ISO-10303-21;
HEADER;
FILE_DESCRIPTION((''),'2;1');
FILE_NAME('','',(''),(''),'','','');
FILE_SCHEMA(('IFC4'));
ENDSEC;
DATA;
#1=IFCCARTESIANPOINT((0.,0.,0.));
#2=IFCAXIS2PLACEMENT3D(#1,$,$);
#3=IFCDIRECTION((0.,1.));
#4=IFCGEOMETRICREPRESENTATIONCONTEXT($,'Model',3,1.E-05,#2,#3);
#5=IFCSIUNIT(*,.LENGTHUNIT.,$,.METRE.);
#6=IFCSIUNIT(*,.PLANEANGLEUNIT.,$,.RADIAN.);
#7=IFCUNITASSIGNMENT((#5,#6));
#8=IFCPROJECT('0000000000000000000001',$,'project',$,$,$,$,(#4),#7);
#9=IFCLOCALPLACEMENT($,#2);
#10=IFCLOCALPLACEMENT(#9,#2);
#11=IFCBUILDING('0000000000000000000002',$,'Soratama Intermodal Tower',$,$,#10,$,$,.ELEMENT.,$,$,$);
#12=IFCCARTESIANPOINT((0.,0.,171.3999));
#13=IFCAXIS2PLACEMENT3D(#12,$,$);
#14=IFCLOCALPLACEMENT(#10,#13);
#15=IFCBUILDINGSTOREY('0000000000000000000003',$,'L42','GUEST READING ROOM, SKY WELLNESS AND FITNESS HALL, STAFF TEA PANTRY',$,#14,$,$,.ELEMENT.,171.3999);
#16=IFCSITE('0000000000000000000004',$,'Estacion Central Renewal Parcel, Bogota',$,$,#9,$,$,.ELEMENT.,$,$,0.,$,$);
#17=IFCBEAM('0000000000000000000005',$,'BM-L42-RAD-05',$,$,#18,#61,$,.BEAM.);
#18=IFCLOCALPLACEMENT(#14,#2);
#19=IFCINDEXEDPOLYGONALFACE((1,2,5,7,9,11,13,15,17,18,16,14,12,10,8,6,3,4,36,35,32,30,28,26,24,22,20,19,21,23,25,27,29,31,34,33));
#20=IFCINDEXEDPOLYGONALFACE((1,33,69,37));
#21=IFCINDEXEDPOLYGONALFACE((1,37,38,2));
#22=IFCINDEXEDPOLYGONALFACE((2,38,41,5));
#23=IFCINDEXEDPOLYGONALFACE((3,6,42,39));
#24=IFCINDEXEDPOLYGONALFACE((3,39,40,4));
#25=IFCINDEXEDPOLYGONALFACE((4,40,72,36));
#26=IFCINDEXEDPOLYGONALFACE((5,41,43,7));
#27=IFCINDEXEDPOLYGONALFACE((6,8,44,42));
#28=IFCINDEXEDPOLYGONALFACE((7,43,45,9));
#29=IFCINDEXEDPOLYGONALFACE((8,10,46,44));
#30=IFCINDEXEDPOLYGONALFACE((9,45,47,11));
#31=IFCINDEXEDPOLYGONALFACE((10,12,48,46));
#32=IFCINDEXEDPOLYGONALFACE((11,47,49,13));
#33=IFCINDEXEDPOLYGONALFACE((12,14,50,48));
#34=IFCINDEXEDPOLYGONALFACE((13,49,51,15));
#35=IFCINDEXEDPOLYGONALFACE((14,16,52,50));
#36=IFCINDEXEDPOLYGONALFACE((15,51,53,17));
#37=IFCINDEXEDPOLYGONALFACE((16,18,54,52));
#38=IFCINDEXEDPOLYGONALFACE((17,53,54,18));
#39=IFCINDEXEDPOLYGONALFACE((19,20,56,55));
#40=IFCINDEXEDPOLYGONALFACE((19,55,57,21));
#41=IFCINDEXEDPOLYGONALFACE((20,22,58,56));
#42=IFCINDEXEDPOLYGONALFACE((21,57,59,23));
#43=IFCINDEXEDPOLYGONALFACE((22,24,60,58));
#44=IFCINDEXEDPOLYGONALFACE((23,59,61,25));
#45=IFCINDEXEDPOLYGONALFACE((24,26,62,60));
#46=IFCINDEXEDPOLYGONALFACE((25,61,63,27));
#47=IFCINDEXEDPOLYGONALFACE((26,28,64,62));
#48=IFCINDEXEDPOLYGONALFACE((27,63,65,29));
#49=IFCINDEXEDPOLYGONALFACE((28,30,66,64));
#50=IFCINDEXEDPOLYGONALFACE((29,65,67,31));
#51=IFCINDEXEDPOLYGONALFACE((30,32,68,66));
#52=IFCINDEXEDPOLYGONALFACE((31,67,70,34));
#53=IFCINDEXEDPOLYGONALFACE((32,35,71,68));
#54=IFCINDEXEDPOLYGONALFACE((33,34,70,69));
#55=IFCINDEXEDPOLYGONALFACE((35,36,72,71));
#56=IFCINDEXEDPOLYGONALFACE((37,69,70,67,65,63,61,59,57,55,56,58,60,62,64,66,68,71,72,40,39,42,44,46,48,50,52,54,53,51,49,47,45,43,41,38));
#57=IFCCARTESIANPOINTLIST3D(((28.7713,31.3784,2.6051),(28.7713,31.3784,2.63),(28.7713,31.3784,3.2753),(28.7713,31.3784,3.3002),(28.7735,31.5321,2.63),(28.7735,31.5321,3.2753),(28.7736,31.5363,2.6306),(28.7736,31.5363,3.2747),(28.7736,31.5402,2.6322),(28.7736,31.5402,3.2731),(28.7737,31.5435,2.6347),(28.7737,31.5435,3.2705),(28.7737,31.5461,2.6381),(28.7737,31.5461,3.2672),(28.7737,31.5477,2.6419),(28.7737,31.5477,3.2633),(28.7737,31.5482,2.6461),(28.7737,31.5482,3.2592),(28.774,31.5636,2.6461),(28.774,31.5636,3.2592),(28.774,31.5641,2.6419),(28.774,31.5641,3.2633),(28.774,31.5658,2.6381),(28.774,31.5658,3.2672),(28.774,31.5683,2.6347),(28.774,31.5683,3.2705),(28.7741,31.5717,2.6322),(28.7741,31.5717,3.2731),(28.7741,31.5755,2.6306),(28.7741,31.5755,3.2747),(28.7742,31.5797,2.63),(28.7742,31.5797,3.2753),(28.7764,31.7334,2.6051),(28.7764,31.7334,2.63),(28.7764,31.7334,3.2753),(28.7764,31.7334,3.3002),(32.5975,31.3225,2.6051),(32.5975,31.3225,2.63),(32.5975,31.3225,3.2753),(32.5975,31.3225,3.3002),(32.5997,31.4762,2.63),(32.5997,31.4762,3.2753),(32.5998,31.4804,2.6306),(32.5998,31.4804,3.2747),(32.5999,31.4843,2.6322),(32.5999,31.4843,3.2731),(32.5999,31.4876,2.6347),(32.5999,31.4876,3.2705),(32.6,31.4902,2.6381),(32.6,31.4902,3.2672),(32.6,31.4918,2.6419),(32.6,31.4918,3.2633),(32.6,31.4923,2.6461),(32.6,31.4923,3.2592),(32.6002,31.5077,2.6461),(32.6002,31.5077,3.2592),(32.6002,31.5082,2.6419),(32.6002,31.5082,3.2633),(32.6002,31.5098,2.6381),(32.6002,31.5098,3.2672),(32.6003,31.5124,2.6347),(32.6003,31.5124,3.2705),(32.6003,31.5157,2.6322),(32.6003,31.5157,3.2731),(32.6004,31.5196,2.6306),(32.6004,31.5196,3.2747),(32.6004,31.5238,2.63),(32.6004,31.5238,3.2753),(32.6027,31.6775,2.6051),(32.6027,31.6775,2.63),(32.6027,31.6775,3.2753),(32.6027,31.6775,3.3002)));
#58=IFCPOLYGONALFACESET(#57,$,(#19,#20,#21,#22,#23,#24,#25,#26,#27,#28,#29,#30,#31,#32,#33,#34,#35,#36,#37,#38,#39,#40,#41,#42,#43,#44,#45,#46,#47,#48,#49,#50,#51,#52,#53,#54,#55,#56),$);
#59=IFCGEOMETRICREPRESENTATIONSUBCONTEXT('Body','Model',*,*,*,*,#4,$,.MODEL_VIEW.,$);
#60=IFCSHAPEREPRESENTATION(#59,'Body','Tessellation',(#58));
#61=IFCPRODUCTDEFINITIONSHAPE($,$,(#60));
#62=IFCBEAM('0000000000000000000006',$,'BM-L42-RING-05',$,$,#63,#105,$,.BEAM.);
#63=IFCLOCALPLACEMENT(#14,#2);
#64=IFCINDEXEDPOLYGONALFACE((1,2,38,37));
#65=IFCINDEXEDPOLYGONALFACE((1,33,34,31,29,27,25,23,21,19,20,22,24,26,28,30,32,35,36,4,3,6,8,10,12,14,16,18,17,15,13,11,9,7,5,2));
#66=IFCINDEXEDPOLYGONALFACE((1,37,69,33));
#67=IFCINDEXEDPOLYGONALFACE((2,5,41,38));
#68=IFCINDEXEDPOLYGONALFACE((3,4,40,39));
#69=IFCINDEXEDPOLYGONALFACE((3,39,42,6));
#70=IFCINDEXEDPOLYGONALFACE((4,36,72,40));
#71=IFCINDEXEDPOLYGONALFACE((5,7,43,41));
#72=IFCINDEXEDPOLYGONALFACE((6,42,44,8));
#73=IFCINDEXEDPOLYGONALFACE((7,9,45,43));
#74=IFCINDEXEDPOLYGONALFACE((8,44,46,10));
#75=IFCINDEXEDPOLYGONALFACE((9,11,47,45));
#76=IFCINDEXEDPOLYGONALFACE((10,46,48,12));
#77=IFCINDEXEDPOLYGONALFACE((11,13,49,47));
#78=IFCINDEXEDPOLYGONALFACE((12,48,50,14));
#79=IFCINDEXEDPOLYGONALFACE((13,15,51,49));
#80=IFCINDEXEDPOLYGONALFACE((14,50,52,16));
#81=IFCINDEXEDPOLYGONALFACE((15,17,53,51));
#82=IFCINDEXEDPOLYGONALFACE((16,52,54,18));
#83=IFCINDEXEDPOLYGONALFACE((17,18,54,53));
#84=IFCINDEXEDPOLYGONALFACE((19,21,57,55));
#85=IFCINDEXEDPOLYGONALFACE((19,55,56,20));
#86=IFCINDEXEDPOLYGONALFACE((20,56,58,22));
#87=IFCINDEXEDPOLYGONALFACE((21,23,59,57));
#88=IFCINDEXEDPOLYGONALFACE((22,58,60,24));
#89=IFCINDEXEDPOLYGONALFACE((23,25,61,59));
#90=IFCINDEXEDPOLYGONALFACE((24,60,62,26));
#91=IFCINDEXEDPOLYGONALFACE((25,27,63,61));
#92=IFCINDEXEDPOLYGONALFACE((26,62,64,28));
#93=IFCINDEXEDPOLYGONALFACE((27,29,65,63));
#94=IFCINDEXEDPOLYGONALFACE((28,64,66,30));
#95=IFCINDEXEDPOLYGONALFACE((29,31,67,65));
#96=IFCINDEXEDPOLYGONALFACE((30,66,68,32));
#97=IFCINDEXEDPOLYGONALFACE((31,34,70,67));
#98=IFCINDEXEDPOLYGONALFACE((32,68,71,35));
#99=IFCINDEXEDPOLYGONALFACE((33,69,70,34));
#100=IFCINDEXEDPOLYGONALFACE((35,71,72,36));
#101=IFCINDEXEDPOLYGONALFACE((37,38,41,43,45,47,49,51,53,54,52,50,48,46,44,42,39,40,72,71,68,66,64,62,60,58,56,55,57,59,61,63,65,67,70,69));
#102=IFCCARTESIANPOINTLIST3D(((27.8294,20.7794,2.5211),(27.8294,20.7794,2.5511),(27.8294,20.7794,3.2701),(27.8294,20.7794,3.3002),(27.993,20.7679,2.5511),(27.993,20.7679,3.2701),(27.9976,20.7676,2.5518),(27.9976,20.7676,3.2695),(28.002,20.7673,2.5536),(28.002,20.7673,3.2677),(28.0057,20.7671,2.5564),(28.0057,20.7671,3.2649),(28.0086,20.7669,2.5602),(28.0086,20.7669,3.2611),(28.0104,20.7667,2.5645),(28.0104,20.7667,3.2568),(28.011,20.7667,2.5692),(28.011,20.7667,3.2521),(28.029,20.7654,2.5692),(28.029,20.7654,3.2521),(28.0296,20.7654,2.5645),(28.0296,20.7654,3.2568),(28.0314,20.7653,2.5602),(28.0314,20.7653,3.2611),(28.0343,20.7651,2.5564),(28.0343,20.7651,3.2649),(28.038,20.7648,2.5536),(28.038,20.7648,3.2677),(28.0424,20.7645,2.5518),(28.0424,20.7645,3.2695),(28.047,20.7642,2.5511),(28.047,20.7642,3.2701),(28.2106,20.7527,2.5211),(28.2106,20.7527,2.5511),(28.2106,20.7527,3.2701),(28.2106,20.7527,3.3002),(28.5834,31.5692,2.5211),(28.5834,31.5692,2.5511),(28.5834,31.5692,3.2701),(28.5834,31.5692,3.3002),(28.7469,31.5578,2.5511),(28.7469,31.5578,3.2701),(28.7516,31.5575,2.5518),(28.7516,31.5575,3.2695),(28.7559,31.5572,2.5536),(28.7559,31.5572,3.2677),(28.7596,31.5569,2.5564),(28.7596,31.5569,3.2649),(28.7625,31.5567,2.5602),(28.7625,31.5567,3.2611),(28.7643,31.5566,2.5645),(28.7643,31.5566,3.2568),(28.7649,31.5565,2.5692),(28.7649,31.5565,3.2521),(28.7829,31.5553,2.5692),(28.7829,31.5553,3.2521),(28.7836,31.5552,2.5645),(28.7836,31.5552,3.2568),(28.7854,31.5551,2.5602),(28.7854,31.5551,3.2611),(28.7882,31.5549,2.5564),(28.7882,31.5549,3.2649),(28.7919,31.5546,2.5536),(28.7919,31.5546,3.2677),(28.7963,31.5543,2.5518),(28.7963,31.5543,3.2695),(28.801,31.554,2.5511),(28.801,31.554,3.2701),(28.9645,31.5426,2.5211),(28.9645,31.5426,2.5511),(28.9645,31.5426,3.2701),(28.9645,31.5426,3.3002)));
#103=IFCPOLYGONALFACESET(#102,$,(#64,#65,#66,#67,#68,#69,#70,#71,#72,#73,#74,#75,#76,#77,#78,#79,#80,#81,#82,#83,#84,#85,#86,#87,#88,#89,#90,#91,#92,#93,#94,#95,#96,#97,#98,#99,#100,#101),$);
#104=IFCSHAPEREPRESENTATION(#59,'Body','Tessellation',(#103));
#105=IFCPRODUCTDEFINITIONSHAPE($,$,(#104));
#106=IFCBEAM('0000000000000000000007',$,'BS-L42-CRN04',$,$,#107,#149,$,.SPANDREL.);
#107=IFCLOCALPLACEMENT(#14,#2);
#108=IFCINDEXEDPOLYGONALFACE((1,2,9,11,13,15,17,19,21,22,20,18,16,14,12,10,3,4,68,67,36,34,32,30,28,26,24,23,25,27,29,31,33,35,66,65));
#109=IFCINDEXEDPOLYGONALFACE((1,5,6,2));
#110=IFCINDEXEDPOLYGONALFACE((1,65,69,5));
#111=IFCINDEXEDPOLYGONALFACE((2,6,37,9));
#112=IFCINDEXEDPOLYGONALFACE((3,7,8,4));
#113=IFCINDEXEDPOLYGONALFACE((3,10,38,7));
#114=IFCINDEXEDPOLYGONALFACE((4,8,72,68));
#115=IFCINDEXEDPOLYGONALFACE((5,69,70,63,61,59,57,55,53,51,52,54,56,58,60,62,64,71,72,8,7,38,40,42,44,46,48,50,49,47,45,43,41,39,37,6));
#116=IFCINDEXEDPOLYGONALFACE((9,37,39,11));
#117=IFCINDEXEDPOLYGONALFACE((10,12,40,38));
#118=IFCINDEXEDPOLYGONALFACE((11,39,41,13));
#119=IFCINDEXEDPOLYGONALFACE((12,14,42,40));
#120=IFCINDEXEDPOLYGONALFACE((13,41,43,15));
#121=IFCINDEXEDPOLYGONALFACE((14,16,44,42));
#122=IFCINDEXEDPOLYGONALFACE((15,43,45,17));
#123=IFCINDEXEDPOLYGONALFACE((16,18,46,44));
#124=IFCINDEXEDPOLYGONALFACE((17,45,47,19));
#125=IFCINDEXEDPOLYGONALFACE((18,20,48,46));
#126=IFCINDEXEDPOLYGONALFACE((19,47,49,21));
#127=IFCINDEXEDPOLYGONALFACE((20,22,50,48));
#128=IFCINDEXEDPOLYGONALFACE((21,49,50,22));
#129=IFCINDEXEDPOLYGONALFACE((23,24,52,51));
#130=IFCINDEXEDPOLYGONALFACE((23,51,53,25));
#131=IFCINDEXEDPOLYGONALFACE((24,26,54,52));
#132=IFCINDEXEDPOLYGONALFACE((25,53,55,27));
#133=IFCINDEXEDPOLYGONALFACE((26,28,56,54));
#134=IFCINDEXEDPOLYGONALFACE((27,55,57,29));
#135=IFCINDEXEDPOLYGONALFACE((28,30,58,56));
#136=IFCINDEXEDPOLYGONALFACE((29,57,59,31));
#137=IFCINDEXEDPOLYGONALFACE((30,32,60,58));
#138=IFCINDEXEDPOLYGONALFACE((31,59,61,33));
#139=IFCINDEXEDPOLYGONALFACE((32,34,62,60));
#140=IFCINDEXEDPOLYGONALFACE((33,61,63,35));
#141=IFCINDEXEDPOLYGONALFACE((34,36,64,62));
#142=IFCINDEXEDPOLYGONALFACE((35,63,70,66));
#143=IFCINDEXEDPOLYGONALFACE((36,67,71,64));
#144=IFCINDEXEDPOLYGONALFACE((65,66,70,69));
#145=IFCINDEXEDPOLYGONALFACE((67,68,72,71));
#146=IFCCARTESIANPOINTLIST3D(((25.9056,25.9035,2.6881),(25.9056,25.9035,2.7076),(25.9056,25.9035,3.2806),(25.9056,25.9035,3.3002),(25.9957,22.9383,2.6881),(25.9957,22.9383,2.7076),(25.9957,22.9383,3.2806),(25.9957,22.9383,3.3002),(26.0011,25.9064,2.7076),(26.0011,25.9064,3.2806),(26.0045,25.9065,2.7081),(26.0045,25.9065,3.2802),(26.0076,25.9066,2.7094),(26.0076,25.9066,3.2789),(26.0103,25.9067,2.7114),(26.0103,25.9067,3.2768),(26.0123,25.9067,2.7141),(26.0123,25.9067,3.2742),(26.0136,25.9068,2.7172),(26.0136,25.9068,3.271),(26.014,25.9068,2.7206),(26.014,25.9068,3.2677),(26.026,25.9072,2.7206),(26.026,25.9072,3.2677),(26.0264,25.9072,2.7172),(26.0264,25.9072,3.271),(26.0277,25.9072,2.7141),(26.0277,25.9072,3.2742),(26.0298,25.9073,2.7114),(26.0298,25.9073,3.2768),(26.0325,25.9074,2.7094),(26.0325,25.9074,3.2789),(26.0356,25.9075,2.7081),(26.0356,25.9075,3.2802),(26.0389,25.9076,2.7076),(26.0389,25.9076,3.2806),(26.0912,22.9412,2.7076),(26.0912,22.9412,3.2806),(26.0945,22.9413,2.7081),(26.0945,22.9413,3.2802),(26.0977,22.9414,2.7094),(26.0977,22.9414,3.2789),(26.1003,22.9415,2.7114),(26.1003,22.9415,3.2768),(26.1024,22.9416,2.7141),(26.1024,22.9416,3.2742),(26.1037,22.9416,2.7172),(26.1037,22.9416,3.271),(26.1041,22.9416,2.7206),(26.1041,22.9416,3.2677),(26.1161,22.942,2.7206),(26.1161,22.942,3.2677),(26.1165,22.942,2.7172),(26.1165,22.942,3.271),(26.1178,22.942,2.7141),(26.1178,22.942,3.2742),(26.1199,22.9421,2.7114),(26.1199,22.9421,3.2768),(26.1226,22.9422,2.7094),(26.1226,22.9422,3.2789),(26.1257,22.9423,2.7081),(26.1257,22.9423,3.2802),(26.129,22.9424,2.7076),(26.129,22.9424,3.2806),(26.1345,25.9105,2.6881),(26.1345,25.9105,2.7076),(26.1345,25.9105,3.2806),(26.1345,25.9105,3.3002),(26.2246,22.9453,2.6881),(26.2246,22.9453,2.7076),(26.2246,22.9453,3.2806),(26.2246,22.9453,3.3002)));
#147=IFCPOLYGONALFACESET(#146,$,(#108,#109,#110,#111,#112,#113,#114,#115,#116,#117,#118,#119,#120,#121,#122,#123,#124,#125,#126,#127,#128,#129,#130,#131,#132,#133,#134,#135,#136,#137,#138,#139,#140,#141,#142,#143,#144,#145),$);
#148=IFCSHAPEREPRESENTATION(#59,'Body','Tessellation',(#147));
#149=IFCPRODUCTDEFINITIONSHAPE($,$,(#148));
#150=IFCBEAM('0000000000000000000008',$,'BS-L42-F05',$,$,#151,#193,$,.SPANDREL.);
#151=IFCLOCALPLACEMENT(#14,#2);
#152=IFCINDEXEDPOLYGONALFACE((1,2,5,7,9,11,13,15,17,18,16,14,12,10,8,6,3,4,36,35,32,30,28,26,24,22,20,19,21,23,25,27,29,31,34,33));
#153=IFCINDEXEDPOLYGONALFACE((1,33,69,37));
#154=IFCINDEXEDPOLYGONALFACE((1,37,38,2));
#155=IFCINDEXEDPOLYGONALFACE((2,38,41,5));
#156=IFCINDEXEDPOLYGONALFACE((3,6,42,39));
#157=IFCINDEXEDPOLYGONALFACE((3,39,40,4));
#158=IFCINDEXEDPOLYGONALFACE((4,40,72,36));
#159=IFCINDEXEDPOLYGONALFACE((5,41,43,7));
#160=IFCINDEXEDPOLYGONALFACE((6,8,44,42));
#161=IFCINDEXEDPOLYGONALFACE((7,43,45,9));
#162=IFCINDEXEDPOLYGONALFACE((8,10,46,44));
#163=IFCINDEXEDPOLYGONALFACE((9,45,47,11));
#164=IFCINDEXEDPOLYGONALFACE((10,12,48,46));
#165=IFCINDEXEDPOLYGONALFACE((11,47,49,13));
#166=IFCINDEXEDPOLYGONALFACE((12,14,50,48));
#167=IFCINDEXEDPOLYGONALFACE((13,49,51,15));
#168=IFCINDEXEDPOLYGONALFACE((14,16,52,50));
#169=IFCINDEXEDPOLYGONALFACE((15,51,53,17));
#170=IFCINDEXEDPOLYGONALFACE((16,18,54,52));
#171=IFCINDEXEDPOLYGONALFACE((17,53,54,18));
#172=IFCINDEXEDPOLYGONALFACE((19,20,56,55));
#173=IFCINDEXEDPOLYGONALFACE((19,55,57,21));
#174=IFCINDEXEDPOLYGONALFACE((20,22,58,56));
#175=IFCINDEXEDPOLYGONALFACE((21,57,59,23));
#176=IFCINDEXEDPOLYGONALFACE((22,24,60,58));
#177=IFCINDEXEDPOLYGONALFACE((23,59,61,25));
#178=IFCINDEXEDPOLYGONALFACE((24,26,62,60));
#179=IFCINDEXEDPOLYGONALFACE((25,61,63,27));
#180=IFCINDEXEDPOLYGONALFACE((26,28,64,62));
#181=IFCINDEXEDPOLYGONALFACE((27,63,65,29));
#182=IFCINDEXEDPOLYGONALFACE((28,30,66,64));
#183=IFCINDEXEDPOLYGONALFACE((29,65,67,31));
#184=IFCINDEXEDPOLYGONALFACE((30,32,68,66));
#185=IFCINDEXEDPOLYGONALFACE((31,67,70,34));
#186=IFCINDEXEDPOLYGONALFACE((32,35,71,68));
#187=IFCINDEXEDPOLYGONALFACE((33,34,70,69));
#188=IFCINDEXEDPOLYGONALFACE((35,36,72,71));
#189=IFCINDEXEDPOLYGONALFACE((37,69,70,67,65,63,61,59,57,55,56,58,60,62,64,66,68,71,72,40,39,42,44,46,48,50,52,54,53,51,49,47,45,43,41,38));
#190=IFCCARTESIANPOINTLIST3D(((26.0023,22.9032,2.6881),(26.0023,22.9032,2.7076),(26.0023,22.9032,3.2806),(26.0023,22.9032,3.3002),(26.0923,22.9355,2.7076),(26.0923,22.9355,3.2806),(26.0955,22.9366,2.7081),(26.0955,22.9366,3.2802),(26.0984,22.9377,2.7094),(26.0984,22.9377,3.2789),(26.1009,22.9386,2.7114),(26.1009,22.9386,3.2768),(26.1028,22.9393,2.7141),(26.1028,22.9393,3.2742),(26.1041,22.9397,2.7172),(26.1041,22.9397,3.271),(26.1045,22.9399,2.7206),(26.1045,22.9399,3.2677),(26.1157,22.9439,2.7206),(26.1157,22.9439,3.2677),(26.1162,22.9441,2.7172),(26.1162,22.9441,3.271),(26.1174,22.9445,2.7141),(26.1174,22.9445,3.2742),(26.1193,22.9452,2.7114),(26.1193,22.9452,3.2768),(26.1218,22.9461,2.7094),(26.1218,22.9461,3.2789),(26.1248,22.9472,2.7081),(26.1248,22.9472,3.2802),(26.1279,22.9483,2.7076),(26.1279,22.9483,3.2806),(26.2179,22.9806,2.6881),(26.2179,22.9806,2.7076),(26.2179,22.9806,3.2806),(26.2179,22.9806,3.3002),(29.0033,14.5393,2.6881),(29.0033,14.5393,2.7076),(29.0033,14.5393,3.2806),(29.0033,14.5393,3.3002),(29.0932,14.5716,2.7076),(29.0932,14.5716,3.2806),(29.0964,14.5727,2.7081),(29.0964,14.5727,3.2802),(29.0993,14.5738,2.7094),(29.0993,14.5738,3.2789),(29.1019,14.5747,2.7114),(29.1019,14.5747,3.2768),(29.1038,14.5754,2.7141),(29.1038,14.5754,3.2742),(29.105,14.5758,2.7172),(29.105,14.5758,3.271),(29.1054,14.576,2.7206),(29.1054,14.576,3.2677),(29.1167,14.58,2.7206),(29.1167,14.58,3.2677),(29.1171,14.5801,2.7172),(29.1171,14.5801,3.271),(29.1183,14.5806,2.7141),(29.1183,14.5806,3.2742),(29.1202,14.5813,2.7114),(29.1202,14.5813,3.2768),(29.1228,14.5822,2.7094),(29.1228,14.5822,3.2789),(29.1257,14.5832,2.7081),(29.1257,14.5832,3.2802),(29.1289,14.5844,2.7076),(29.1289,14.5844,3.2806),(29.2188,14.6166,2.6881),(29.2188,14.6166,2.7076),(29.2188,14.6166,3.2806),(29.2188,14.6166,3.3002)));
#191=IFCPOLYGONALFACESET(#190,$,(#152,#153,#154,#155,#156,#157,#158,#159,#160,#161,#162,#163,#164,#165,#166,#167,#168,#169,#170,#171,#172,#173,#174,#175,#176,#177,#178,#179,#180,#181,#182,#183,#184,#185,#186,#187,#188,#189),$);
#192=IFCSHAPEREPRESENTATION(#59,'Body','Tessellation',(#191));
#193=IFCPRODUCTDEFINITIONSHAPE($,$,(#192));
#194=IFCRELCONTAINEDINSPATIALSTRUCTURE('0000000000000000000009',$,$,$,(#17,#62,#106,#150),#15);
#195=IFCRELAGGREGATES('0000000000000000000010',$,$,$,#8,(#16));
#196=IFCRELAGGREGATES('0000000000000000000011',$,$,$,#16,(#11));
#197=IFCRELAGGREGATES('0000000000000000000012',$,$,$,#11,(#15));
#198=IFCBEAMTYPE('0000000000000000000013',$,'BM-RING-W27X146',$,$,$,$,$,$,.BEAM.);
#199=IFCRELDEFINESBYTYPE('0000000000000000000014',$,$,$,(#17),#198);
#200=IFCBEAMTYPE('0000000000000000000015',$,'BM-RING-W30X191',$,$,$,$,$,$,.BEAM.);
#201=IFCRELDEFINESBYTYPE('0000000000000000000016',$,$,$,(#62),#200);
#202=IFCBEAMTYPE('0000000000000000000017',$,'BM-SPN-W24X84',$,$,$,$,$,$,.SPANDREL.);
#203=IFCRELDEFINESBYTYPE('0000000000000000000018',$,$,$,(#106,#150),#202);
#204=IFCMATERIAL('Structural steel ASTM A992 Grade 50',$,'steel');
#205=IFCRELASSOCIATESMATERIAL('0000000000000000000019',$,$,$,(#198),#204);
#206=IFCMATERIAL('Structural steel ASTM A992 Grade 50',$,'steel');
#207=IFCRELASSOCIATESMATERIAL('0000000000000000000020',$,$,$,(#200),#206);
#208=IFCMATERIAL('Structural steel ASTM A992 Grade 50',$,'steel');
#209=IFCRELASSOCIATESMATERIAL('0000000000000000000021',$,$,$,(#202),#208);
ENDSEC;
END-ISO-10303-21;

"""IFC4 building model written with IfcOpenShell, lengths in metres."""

from ifc_helpers import new_model, si_unit, direction, frame, origin, origin_2d, place, context, subcontext, project, spatial, i_section, extrude, material, material_profile, profile_set, type_object, element, save


model = new_model("IFC4")

# Units and contexts
model_context = context("Model", 3, precision=1e-05, world=origin(), true_north=direction((0.0, 1.0)))
body_context = subcontext(model_context, "Body", "Model", "MODEL_VIEW")
ifc_project = project(units=[si_unit("LENGTHUNIT", "METRE"), si_unit("PLANEANGLEUNIT", "RADIAN")], contexts=[model_context])

# Site, building, storey
site_placement = place(None, origin())
site = spatial("IfcSite", under=ifc_project, at=site_placement, Name="Estacion Central Renewal Parcel, Bogota", CompositionType="ELEMENT", RefElevation=0.0)
building_placement = place(site_placement, origin())
building = spatial("IfcBuilding", under=site, at=building_placement, Name="Soratama Intermodal Tower", CompositionType="ELEMENT")
storey_placement = place(building_placement, frame((0.0, 0.0, 171.3999)))
storey = spatial("IfcBuildingStorey", under=building, at=storey_placement, Name="L42", Description="GUEST READING ROOM, SKY WELLNESS AND FITNESS HALL, STAFF TEA PANTRY", CompositionType="ELEMENT", Elevation=171.3999)

# Beams
ifc_material_1 = material(Name="Structural steel ASTM A992 Grade 50", Category="steel")
ifc_material_profile_1 = material_profile(ifc_material_1, i_section(OverallWidth=0.355, OverallDepth=0.6951, WebThickness=0.0154, FlangeThickness=0.0249, FilletRadius=0.0161, at=origin_2d()), Name="W27X146")
ifc_profile_set_1 = profile_set([ifc_material_profile_1], Name="Structural steel ASTM A992 Grade 50")
beam_type_1 = type_object("IfcBeamType", Name="BM-RING-W27X146", PredefinedType="BEAM", material=ifc_profile_set_1)
beam_1_placement = place(storey_placement, frame((32.6001, 31.5, 2.9526), z_axis=(-0.999893, 0.01461, 0.0), x_axis=(-0.01461, -0.999893, 0.0)))
element("IfcBeam", 1, at=beam_1_placement, inside=storey, type_object=beam_type_1, Name="BM-L42-RAD-05", PredefinedType="BEAM", context=body_context, shape_type="SweptSolid", body=[
    extrude(i_section(OverallWidth=0.355, OverallDepth=0.6951, WebThickness=0.0154, FlangeThickness=0.0249, FilletRadius=0.0161, at=origin_2d()), origin(), (0.0, 0.0, 1.0), 3.8267),
])
ifc_material_2 = material(Name="Structural steel ASTM A992 Grade 50", Category="steel")
ifc_material_profile_2 = material_profile(ifc_material_2, i_section(OverallWidth=0.3821, OverallDepth=0.7791, WebThickness=0.0181, FlangeThickness=0.03, FilletRadius=0.0181, at=origin_2d()), Name="W30X191")
ifc_profile_set_2 = profile_set([ifc_material_profile_2], Name="Structural steel ASTM A992 Grade 50")
beam_type_2 = type_object("IfcBeamType", Name="BM-RING-W30X191", PredefinedType="BEAM", material=ifc_profile_set_2)
beam_2_placement = place(storey_placement, frame((28.7739, 31.5559, 2.9106), z_axis=(-0.069702, -0.997568, 0.0), x_axis=(0.997568, -0.069702, 0.0)))
element("IfcBeam", 2, at=beam_2_placement, inside=storey, type_object=beam_type_2, Name="BM-L42-RING-05", PredefinedType="BEAM", context=body_context, shape_type="SweptSolid", body=[
    extrude(i_section(OverallWidth=0.3821, OverallDepth=0.7791, WebThickness=0.0181, FlangeThickness=0.03, FilletRadius=0.0181, at=origin_2d()), origin(), (0.0, 0.0, 1.0), 10.8162),
])
ifc_material_3 = material(Name="Structural steel ASTM A992 Grade 50", Category="steel")
ifc_material_profile_3 = material_profile(ifc_material_3, i_section(OverallWidth=0.229, OverallDepth=0.6121, WebThickness=0.012, FlangeThickness=0.0195, FilletRadius=0.0129, at=origin_2d()), Name="W24X84")
ifc_profile_set_3 = profile_set([ifc_material_profile_3], Name="Structural steel ASTM A992 Grade 50")
beam_type_3 = type_object("IfcBeamType", Name="BM-SPN-W24X84", PredefinedType="SPANDREL", material=ifc_profile_set_3)
beam_3_placement = place(storey_placement, frame((26.02, 25.907, 2.9941), z_axis=(0.030369, -0.999539, 0.0), x_axis=(0.999539, 0.030369, 0.0)))
element("IfcBeam", 3, at=beam_3_placement, inside=storey, type_object=beam_type_3, Name="BS-L42-CRN04", PredefinedType="SPANDREL", context=body_context, shape_type="SweptSolid", body=[
    extrude(i_section(OverallWidth=0.229, OverallDepth=0.6121, WebThickness=0.012, FlangeThickness=0.0195, FilletRadius=0.0129, at=origin_2d()), origin(), (0.0, 0.0, 1.0), 2.9666),
])
beam_4_placement = place(storey_placement, frame((26.1101, 22.9419, 2.9941), z_axis=(0.337716, -0.941248, 0.0), x_axis=(0.941248, 0.337716, 0.0)))
element("IfcBeam", 4, at=beam_4_placement, inside=storey, type_object=beam_type_3, Name="BS-L42-F05", PredefinedType="SPANDREL", context=body_context, shape_type="SweptSolid", body=[
    extrude(i_section(OverallWidth=0.229, OverallDepth=0.6121, WebThickness=0.012, FlangeThickness=0.0195, FilletRadius=0.0129, at=origin_2d()), origin(), (0.0, 0.0, 1.0), 8.886),
])

save(model, "model.ifc")
